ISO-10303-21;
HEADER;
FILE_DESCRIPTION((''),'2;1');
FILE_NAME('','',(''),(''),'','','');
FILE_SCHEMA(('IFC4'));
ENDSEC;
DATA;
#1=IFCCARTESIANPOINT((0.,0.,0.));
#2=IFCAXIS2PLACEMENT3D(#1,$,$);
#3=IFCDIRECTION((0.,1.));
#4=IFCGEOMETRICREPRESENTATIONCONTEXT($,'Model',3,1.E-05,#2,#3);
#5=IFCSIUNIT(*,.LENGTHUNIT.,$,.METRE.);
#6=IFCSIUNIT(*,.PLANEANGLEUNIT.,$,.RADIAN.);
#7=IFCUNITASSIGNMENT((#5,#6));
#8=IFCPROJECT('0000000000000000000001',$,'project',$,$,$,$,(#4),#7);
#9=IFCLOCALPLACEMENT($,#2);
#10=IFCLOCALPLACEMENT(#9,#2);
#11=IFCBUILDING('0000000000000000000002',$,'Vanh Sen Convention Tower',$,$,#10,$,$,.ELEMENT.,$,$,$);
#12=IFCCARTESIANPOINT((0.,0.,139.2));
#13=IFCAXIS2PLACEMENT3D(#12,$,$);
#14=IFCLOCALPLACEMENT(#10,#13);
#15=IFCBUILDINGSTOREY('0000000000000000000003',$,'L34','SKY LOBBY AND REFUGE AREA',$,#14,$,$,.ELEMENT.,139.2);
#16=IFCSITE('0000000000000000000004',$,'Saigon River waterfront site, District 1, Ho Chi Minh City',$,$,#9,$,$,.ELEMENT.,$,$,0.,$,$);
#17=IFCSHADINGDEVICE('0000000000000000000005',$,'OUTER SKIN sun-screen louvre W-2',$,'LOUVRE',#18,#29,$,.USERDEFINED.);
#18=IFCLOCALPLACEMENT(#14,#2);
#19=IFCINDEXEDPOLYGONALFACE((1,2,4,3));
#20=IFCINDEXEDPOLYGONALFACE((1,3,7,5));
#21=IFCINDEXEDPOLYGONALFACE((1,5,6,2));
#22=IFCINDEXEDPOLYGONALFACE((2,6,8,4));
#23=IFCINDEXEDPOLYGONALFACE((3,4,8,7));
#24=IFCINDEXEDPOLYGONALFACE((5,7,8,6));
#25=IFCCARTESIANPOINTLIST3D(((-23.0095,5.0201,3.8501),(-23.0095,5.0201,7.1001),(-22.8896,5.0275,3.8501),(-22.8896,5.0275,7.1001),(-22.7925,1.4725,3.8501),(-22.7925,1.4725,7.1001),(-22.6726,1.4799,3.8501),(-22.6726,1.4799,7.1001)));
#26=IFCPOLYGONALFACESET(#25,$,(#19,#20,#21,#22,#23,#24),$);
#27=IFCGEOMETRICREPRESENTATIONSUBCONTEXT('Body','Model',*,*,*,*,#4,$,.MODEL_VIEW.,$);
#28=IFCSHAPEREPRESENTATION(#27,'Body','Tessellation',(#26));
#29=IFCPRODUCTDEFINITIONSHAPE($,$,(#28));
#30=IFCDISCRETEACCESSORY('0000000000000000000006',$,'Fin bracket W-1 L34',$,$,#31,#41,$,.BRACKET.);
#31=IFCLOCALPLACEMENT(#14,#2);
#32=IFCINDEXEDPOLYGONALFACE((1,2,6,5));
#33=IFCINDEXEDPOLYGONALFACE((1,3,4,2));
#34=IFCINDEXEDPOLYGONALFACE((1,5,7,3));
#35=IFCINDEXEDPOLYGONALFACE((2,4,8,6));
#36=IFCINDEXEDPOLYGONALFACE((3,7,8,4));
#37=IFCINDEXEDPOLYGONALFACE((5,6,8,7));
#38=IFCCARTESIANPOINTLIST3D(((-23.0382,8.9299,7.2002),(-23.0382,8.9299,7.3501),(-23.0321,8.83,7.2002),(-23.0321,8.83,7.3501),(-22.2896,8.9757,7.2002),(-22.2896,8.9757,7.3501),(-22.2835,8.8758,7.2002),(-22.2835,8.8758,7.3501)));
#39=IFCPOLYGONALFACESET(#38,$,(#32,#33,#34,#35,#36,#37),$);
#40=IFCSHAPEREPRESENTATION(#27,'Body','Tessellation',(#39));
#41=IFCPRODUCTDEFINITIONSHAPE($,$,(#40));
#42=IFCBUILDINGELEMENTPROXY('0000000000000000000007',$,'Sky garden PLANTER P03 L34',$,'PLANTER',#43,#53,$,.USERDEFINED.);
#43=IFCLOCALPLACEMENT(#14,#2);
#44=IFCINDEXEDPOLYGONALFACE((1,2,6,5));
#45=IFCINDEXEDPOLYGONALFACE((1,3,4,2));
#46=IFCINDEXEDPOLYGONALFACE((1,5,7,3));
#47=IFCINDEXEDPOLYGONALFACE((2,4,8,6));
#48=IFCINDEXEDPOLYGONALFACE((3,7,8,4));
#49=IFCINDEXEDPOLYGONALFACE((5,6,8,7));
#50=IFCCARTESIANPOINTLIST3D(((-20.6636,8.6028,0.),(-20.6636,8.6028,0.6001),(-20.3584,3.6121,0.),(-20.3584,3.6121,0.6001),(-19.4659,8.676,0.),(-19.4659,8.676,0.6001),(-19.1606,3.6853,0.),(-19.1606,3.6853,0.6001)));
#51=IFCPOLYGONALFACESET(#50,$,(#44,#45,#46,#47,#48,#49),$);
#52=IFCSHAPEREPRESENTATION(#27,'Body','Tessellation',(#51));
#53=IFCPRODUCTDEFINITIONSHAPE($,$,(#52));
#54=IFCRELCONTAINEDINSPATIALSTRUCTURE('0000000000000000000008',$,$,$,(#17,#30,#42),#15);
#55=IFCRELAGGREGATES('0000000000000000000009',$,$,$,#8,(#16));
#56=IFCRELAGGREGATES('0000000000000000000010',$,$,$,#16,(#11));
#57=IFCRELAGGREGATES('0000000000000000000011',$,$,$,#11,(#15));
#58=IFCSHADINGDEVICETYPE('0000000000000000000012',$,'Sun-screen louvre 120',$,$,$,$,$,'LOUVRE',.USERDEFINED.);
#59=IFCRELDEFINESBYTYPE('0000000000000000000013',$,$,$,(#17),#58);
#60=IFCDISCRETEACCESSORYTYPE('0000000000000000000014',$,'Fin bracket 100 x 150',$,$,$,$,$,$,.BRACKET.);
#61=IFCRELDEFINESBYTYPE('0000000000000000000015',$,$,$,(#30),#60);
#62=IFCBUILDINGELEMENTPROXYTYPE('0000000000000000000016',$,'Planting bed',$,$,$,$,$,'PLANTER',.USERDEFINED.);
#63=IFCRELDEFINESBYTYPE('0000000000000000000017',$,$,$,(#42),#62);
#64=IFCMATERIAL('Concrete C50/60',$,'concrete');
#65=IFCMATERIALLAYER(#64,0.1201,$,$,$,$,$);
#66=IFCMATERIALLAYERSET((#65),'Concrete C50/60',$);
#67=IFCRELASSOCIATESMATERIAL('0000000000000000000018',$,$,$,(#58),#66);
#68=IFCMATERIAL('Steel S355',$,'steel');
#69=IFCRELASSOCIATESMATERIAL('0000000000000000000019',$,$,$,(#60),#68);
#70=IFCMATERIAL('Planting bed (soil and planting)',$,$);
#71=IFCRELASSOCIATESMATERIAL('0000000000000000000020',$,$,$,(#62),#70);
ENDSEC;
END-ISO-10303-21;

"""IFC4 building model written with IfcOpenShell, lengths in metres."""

from ifc_helpers import new_model, si_unit, direction, frame, origin, origin_2d, place, context, subcontext, project, spatial, rectangle, extrude, material, layer, layer_set, type_object, element, save


model = new_model("IFC4")

# Units and contexts
model_context = context("Model", 3, precision=1e-05, world=origin(), true_north=direction((0.0, 1.0)))
body_context = subcontext(model_context, "Body", "Model", "MODEL_VIEW")
ifc_project = project(units=[si_unit("LENGTHUNIT", "METRE"), si_unit("PLANEANGLEUNIT", "RADIAN")], contexts=[model_context])

# Site, building, storey
site_placement = place(None, origin())
site = spatial("IfcSite", under=ifc_project, at=site_placement, Name="Saigon River waterfront site, District 1, Ho Chi Minh City", CompositionType="ELEMENT", RefElevation=0.0)
building_placement = place(site_placement, origin())
building = spatial("IfcBuilding", under=site, at=building_placement, Name="Vanh Sen Convention Tower", CompositionType="ELEMENT")
storey_placement = place(building_placement, frame((0.0, 0.0, 139.2)))
storey = spatial("IfcBuildingStorey", under=building, at=storey_placement, Name="L34", Description="SKY LOBBY AND REFUGE AREA", CompositionType="ELEMENT", Elevation=139.2)

# Shading device
ifc_material_1 = material(Name="Concrete C50/60", Category="concrete")
ifc_layer_1 = layer(ifc_material_1, 0.1201)
ifc_layer_set_1 = layer_set([ifc_layer_1], Name="Concrete C50/60")
shading_device_type = type_object("IfcShadingDeviceType", Name="Sun-screen louvre 120", ElementType="LOUVRE", PredefinedType="USERDEFINED", material=ifc_layer_set_1)
shading_device_1_placement = place(storey_placement, frame((-22.8411, 3.25, 3.8501), z_axis=(0.0, 0.0, 1.0), x_axis=(0.061052, -0.998135, 0.0)))
element("IfcShadingDevice", 1, at=shading_device_1_placement, inside=storey, type_object=shading_device_type, Name="OUTER SKIN sun-screen louvre W-2", ObjectType="LOUVRE", PredefinedType="USERDEFINED", context=body_context, shape_type="SweptSolid", body=[
    extrude(rectangle(XDim=3.5542, YDim=0.1201, at=origin_2d()), origin(), (0.0, 0.0, 1.0), 3.25),
])

# Discrete accessory
ifc_material_2 = material(Name="Steel S355", Category="steel")
discrete_accessory_type = type_object("IfcDiscreteAccessoryType", Name="Fin bracket 100 x 150", PredefinedType="BRACKET", material=ifc_material_2)
discrete_accessory_placement = place(storey_placement, frame((-22.6609, 8.9028, 7.2002), z_axis=(0.0, 0.0, 1.0), x_axis=(-0.998135, -0.061049, 0.0)))
element("IfcDiscreteAccessory", 2, at=discrete_accessory_placement, inside=storey, type_object=discrete_accessory_type, Name="Fin bracket W-1 L34", PredefinedType="BRACKET", context=body_context, shape_type="SweptSolid", body=[
    extrude(rectangle(XDim=0.75, YDim=0.1001, at=origin_2d()), origin(), (0.0, 0.0, 1.0), 0.1499),
])

# Building element proxy
ifc_material_3 = material(Name="Planting bed (soil and planting)")
building_element_proxy_type = type_object("IfcBuildingElementProxyType", Name="Planting bed", ElementType="PLANTER", PredefinedType="USERDEFINED", material=ifc_material_3)
proxy_placement = place(storey_placement, frame((-19.9121, 6.144, 0.0), z_axis=(0.0, 0.0, 1.0), x_axis=(0.061045, -0.998135, 0.0)))
element("IfcBuildingElementProxy", 3, at=proxy_placement, inside=storey, type_object=building_element_proxy_type, Name="Sky garden PLANTER P03 L34", ObjectType="PLANTER", PredefinedType="USERDEFINED", context=body_context, shape_type="SweptSolid", body=[
    extrude(rectangle(XDim=5.0, YDim=1.2, at=origin_2d()), origin(), (0.0, 0.0, 1.0), 0.6001),
])

save(model, "model.ifc")
